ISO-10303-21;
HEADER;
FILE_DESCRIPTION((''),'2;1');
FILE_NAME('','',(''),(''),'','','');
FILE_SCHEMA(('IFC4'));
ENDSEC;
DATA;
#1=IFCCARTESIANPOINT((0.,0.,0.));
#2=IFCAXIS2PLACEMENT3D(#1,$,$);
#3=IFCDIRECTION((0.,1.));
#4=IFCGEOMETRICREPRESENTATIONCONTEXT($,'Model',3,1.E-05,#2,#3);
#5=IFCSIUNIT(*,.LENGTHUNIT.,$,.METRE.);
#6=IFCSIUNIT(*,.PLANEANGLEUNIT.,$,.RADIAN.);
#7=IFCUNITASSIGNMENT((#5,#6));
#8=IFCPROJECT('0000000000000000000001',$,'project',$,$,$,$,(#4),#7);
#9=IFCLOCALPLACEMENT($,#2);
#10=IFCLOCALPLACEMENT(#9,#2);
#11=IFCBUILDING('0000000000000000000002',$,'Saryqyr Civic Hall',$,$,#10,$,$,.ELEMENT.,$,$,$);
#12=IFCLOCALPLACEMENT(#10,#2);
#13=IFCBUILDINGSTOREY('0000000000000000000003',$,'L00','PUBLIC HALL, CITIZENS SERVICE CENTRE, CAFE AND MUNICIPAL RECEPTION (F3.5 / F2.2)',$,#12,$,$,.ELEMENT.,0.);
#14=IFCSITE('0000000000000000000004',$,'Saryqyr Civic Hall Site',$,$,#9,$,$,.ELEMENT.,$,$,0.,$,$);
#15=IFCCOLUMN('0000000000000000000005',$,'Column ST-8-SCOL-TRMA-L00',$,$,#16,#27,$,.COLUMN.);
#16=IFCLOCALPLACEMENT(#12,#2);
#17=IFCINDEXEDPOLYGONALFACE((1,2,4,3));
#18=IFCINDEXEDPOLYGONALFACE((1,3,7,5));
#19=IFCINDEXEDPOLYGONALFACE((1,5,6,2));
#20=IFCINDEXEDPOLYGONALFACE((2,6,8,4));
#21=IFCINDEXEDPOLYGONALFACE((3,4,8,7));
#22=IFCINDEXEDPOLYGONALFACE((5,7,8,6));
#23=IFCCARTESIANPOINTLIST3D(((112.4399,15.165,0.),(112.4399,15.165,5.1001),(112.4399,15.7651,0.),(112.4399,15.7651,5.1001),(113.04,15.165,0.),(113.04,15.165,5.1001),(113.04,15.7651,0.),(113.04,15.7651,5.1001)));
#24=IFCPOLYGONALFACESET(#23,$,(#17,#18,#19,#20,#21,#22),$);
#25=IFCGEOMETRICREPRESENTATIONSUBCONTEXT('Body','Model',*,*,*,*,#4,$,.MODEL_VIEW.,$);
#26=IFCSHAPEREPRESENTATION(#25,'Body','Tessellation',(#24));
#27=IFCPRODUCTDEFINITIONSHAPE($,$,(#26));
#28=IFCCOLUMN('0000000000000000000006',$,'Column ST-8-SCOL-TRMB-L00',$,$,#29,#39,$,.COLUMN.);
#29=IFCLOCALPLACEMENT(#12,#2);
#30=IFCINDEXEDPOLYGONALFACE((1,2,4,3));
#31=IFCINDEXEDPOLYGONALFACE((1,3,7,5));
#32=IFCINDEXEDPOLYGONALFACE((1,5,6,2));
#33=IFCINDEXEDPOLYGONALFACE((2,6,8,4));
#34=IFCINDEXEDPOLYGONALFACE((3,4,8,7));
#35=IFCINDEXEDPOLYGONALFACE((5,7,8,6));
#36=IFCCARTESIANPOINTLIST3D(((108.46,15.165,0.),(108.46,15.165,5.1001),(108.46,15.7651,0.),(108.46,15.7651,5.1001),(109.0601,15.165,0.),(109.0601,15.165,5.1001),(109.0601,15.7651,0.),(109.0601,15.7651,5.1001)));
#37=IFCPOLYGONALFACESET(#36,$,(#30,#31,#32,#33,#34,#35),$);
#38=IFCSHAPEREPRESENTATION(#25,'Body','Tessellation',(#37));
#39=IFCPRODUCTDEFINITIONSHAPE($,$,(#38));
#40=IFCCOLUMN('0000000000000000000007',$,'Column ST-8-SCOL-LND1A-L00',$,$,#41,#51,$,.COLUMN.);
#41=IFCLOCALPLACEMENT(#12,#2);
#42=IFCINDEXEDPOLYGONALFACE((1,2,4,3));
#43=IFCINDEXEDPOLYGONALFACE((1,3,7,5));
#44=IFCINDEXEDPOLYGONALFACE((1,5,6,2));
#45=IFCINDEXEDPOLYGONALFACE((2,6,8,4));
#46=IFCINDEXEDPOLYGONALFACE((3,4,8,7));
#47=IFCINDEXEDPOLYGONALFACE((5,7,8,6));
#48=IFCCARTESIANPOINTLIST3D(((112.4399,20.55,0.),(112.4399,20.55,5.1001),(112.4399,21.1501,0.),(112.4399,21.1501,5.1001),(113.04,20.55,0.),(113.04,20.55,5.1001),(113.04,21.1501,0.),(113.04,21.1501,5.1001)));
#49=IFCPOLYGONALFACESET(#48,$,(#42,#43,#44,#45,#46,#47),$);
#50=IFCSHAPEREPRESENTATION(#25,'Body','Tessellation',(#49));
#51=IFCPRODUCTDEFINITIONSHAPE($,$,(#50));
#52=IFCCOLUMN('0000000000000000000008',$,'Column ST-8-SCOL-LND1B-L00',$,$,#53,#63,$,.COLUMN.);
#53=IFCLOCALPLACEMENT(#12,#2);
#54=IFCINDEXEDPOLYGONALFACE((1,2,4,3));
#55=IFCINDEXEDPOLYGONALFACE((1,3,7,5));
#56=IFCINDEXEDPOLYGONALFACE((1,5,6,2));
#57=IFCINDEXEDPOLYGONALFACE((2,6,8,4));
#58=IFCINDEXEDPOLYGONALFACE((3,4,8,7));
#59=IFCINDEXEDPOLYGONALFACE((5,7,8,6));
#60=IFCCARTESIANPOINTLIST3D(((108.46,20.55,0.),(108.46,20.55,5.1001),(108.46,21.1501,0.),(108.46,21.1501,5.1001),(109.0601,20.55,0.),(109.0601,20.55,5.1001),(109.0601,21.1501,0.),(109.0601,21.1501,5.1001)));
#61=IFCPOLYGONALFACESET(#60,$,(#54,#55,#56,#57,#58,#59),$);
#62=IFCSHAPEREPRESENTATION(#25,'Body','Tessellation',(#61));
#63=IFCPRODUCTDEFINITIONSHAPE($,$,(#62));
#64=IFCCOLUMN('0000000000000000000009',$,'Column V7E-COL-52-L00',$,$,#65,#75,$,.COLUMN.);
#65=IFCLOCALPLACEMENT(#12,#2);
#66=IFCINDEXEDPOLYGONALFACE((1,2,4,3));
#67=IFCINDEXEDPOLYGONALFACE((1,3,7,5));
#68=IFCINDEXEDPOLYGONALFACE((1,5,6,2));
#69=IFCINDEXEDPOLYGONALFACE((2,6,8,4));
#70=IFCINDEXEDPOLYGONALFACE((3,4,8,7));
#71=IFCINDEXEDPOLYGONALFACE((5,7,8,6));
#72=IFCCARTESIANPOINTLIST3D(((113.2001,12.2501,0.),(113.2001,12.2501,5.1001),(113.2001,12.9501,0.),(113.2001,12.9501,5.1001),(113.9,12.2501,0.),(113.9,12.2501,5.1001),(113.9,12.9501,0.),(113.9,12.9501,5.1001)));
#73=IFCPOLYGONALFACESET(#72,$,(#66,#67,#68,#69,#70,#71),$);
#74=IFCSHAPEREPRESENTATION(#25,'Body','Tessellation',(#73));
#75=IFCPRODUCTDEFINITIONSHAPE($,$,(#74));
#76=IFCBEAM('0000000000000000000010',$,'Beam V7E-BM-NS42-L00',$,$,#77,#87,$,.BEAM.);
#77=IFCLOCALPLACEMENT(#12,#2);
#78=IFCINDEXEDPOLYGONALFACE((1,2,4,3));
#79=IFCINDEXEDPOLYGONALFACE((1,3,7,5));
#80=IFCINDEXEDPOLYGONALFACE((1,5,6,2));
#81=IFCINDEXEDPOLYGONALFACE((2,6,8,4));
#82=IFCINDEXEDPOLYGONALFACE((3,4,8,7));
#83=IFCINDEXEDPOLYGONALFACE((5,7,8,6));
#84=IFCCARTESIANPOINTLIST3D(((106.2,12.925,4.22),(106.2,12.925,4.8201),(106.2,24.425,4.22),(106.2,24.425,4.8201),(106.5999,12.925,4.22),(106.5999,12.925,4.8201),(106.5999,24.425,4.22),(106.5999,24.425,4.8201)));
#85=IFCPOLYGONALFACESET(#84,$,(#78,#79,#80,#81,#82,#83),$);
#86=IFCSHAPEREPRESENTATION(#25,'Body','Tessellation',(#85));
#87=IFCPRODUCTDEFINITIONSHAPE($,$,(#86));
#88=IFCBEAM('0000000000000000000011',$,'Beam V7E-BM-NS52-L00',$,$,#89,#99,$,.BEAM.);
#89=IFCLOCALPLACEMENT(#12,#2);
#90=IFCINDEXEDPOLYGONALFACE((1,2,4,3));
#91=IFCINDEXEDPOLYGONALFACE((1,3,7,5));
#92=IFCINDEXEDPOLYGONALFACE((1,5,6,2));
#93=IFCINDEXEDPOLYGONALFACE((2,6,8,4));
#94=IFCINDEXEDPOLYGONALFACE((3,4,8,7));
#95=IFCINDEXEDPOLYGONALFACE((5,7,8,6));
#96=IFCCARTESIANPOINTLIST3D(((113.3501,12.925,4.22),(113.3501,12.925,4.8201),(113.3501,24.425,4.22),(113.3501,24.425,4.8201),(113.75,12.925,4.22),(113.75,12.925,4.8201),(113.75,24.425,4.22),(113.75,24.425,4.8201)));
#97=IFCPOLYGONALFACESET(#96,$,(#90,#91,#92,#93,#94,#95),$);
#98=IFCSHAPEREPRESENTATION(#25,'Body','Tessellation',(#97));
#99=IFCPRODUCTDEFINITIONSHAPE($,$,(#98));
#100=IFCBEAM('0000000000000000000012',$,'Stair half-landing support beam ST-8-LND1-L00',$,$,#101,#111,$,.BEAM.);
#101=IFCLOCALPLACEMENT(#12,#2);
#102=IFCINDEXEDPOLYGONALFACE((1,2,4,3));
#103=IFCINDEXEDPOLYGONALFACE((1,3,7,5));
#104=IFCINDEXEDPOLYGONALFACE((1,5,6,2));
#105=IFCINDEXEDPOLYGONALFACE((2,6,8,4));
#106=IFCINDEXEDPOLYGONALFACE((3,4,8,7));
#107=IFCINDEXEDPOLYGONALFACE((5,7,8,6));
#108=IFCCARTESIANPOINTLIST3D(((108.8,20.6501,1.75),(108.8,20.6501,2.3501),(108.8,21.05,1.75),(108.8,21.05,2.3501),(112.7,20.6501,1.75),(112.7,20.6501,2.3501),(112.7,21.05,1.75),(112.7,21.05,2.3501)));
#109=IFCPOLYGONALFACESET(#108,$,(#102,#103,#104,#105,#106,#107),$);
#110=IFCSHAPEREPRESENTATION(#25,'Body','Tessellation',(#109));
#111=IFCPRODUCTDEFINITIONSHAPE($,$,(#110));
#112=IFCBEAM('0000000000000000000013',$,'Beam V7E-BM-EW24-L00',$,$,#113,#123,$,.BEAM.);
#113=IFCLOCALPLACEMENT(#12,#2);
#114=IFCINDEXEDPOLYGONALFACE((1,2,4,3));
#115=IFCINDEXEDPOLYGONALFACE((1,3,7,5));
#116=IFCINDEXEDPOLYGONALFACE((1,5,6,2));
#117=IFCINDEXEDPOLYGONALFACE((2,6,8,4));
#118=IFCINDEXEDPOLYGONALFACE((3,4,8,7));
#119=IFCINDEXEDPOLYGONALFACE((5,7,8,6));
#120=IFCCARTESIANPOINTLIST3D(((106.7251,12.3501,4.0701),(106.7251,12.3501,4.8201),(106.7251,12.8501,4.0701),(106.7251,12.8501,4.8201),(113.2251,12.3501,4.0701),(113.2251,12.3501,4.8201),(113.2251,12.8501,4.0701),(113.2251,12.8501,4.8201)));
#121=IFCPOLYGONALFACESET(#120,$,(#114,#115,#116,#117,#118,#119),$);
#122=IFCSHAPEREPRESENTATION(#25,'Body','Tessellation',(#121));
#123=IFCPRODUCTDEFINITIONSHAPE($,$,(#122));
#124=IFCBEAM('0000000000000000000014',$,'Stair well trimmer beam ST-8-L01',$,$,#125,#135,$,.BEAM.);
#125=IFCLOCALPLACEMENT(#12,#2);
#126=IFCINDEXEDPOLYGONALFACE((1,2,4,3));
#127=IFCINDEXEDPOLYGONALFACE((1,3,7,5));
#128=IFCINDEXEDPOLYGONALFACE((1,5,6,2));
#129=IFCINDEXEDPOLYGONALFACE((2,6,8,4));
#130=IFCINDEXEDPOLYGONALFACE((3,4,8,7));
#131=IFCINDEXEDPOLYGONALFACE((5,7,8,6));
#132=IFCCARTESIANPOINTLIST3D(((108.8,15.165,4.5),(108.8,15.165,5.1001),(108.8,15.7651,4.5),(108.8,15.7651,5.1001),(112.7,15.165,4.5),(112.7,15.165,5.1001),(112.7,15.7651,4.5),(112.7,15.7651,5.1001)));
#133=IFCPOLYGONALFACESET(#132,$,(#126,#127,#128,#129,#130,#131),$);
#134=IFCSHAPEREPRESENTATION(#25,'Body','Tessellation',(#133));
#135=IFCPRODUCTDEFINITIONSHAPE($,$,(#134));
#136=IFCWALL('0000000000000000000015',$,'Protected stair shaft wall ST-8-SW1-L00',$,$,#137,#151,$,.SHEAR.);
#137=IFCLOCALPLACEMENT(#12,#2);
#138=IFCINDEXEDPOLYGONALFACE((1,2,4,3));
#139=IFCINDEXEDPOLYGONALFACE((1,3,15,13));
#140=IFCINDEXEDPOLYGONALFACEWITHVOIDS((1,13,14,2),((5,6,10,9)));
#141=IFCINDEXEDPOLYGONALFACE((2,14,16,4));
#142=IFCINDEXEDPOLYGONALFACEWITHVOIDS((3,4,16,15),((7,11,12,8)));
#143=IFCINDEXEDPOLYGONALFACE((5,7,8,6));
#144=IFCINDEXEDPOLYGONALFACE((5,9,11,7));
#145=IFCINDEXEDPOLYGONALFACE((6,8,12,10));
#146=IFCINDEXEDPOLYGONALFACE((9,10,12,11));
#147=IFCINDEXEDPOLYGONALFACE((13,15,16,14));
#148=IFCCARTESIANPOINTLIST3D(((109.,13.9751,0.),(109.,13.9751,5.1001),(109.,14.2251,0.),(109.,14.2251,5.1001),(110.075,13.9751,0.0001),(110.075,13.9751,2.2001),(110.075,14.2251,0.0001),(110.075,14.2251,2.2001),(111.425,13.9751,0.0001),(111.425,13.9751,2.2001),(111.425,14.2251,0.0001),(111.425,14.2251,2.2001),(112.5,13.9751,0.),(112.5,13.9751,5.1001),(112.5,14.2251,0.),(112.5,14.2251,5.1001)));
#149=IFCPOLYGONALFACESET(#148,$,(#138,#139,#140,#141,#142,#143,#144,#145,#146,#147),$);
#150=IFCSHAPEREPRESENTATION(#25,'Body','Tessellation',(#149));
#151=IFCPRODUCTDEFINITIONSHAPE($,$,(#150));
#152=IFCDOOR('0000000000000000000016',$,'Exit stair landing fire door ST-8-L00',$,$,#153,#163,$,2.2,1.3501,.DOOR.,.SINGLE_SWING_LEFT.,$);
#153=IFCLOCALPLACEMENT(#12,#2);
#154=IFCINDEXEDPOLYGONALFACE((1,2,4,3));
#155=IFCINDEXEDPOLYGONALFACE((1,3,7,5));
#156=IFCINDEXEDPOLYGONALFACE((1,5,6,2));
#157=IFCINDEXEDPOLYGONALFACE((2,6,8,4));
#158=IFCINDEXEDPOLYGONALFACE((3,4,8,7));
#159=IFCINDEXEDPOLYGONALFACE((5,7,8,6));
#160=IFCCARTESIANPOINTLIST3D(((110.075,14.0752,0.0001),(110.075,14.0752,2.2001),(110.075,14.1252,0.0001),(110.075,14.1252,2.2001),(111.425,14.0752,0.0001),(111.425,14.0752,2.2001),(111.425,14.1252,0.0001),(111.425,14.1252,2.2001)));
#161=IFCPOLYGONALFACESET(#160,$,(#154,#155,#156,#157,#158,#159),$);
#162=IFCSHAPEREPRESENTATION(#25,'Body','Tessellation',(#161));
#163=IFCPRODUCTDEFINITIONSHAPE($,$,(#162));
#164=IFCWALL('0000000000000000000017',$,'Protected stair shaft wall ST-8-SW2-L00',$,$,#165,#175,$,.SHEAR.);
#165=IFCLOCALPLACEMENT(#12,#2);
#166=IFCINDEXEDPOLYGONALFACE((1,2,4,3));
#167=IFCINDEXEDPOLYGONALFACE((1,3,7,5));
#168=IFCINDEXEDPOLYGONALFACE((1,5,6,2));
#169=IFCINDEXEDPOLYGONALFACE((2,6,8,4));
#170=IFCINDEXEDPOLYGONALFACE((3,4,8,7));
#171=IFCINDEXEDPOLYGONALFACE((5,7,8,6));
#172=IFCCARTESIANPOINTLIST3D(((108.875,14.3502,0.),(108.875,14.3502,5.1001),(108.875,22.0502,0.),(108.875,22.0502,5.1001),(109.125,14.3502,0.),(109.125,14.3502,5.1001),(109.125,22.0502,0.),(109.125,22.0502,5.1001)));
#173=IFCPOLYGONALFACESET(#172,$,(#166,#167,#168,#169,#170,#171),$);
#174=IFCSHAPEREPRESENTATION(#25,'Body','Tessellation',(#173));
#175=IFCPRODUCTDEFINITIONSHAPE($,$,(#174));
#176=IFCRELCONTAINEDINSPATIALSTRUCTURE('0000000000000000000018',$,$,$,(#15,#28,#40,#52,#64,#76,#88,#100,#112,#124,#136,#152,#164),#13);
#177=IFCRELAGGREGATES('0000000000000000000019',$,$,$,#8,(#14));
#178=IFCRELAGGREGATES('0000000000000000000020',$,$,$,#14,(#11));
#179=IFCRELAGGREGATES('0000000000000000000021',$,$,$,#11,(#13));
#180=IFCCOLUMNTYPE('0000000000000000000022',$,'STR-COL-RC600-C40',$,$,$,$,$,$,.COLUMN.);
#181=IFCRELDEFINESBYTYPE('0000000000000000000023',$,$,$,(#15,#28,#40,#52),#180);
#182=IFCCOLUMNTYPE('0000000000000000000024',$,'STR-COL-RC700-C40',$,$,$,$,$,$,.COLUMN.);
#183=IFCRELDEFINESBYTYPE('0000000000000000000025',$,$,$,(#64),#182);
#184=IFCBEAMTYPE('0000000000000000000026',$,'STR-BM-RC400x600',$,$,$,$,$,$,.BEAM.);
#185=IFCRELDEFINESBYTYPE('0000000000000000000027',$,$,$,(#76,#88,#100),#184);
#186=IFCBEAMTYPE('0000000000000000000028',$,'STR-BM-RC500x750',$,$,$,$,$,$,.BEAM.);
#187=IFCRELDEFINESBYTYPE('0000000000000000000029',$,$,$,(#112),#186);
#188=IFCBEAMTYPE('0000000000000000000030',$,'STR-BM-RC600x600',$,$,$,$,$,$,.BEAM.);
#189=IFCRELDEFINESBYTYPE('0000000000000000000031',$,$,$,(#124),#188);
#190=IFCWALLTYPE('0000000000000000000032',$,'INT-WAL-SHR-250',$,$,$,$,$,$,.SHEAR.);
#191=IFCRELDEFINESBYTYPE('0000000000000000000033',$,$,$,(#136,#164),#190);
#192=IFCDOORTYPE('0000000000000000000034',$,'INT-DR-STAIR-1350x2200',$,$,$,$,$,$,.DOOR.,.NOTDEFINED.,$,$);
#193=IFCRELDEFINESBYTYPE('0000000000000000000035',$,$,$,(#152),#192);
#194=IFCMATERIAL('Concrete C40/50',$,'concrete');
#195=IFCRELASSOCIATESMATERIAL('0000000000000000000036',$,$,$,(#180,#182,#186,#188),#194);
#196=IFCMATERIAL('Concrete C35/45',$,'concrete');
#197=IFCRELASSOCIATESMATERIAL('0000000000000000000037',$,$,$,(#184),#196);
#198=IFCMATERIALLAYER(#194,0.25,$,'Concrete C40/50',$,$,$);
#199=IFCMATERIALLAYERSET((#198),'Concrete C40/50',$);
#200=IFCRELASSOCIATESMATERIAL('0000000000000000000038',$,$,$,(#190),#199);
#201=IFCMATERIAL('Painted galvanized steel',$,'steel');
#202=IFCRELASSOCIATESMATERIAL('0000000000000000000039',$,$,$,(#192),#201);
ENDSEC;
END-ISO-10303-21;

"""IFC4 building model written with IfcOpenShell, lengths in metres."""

from ifc_helpers import new_model, si_unit, direction, frame, frame_2d, origin, origin_2d, place, context, subcontext, project, spatial, rectangle, extrude, material, layer, layer_set, material_profile, profile_set, type_object, element, fill, save


model = new_model("IFC4")

# Units and contexts
model_context = context("Model", 3, precision=1e-05, world=origin(), true_north=direction((0.0, 1.0)))
body_context = subcontext(model_context, "Body", "Model", "MODEL_VIEW")
ifc_project = project(units=[si_unit("LENGTHUNIT", "METRE"), si_unit("PLANEANGLEUNIT", "RADIAN")], contexts=[model_context])

# Site, building, storey
site_placement = place(None, origin())
site = spatial("IfcSite", under=ifc_project, at=site_placement, Name="Saryqyr Civic Hall Site", CompositionType="ELEMENT", RefElevation=0.0)
building_placement = place(site_placement, origin())
building = spatial("IfcBuilding", under=site, at=building_placement, Name="Saryqyr Civic Hall", CompositionType="ELEMENT")
storey_placement = place(building_placement, origin())
storey = spatial("IfcBuildingStorey", under=building, at=storey_placement, Name="L00", Description="PUBLIC HALL, CITIZENS SERVICE CENTRE, CAFE AND MUNICIPAL RECEPTION (F3.5 / F2.2)", CompositionType="ELEMENT", Elevation=0.0)

# Columns
ifc_material_1 = material(Name="Concrete C40/50", Category="concrete")
ifc_material_profile_1 = material_profile(ifc_material_1, rectangle(XDim=0.6001, YDim=0.6001, at=origin_2d()), Name="RC 600x600")
ifc_profile_set_1 = profile_set([ifc_material_profile_1], Name="Concrete C40/50")
column_type_1 = type_object("IfcColumnType", Name="STR-COL-RC600-C40", PredefinedType="COLUMN", material=ifc_profile_set_1)
for number, where, z_axis, x_axis, name in (
    (1, (112.74, 15.4651, 0.0), (0.0, 0.0, 1.0), (1.0, 0.0, 0.0), "Column ST-8-SCOL-TRMA-L00"),
    (2, (108.76, 15.4651, 0.0), (0.0, 0.0, 1.0), (1.0, 0.0, 0.0), "Column ST-8-SCOL-TRMB-L00"),
    (3, (112.74, 20.8501, 0.0), (0.0, 0.0, 1.0), (1.0, 0.0, 0.0), "Column ST-8-SCOL-LND1A-L00"),
    (4, (108.76, 20.8501, 0.0), (0.0, 0.0, 1.0), (1.0, 0.0, 0.0), "Column ST-8-SCOL-LND1B-L00"),
):
    element("IfcColumn", number, at=place(storey_placement, frame(where, z_axis=z_axis, x_axis=x_axis)), inside=storey, type_object=column_type_1, Name=name, PredefinedType="COLUMN", context=body_context, shape_type="SweptSolid", body=[
        extrude(rectangle(XDim=0.6001, YDim=0.6001, at=origin_2d()), origin(), (0.0, 0.0, 1.0), 5.1001),
    ])
ifc_material_profile_2 = material_profile(ifc_material_1, rectangle(XDim=0.7, YDim=0.7, at=origin_2d()), Name="RC 700x700")
ifc_profile_set_2 = profile_set([ifc_material_profile_2], Name="Concrete C40/50")
column_type_2 = type_object("IfcColumnType", Name="STR-COL-RC700-C40", PredefinedType="COLUMN", material=ifc_profile_set_2)
column_placement = place(storey_placement, frame((113.55, 12.6001, 0.0), z_axis=(0.0, 0.0, 1.0), x_axis=(1.0, 0.0, 0.0)))
element("IfcColumn", 5, at=column_placement, inside=storey, type_object=column_type_2, Name="Column V7E-COL-52-L00", PredefinedType="COLUMN", context=body_context, shape_type="SweptSolid", body=[
    extrude(rectangle(XDim=0.7, YDim=0.7, at=origin_2d()), origin(), (0.0, 0.0, 1.0), 5.1001),
])

# Beams
ifc_material_2 = material(Name="Concrete C35/45", Category="concrete")
ifc_material_profile_3 = material_profile(ifc_material_2, rectangle(XDim=0.3999, YDim=0.6001, at=origin_2d()), Name="RC 400x600")
ifc_profile_set_3 = profile_set([ifc_material_profile_3], Name="Concrete C35/45")
beam_type_1 = type_object("IfcBeamType", Name="STR-BM-RC400x600", PredefinedType="BEAM", material=ifc_profile_set_3)
for number, where, z_axis, x_axis, name in (
    (6, (106.3999, 12.925, 4.52), (0.0, 1.0, 0.0), (-1.0, 0.0, 0.0), "Beam V7E-BM-NS42-L00"),
    (7, (113.55, 12.925, 4.52), (0.0, 1.0, 0.0), (-1.0, 0.0, 0.0), "Beam V7E-BM-NS52-L00"),
):
    element("IfcBeam", number, at=place(storey_placement, frame(where, z_axis=z_axis, x_axis=x_axis)), inside=storey, type_object=beam_type_1, Name=name, PredefinedType="BEAM", context=body_context, shape_type="SweptSolid", body=[
        extrude(rectangle(XDim=0.3999, YDim=0.6001, at=origin_2d()), origin(), (0.0, 0.0, 1.0), 11.5),
    ])
beam_1_placement = place(storey_placement, frame((112.7, 20.8501, 2.05), z_axis=(-1.0, 0.0, 0.0), x_axis=(0.0, -1.0, 0.0)))
element("IfcBeam", 8, at=beam_1_placement, inside=storey, type_object=beam_type_1, Name="Stair half-landing support beam ST-8-LND1-L00", PredefinedType="BEAM", context=body_context, shape_type="SweptSolid", body=[
    extrude(rectangle(XDim=0.3999, YDim=0.6001, at=origin_2d()), origin(), (0.0, 0.0, 1.0), 3.8999),
])
ifc_material_profile_4 = material_profile(ifc_material_1, rectangle(XDim=0.5, YDim=0.75, at=origin_2d()), Name="RC 500x750")
ifc_profile_set_4 = profile_set([ifc_material_profile_4], Name="Concrete C40/50")
beam_type_2 = type_object("IfcBeamType", Name="STR-BM-RC500x750", PredefinedType="BEAM", material=ifc_profile_set_4)
beam_2_placement = place(storey_placement, frame((106.7251, 12.6001, 4.4451), z_axis=(1.0, 0.0, 0.0), x_axis=(0.0, 1.0, 0.0)))
element("IfcBeam", 9, at=beam_2_placement, inside=storey, type_object=beam_type_2, Name="Beam V7E-BM-EW24-L00", PredefinedType="BEAM", context=body_context, shape_type="SweptSolid", body=[
    extrude(rectangle(XDim=0.5, YDim=0.75, at=origin_2d()), origin(), (0.0, 0.0, 1.0), 6.5),
])
ifc_material_profile_5 = material_profile(ifc_material_1, rectangle(XDim=0.6001, YDim=0.6001, at=origin_2d()), Name="RC 600x600")
ifc_profile_set_5 = profile_set([ifc_material_profile_5], Name="Concrete C40/50")
beam_type_3 = type_object("IfcBeamType", Name="STR-BM-RC600x600", PredefinedType="BEAM", material=ifc_profile_set_5)
beam_3_placement = place(storey_placement, frame((112.7, 15.4651, 4.8), z_axis=(-1.0, 0.0, 0.0), x_axis=(0.0, -1.0, 0.0)))
element("IfcBeam", 10, at=beam_3_placement, inside=storey, type_object=beam_type_3, Name="Stair well trimmer beam ST-8-L01", PredefinedType="BEAM", context=body_context, shape_type="SweptSolid", body=[
    extrude(rectangle(XDim=0.6001, YDim=0.6001, at=origin_2d()), origin(), (0.0, 0.0, 1.0), 3.8999),
])

# Wall, opening, door
ifc_layer_1 = layer(ifc_material_1, 0.25, Name="Concrete C40/50")
ifc_layer_set_1 = layer_set([ifc_layer_1], Name="Concrete C40/50")
wall_type = type_object("IfcWallType", Name="INT-WAL-SHR-250", PredefinedType="SHEAR", material=ifc_layer_set_1)
wall_1_placement = place(storey_placement, frame((112.5, 14.1001, 0.0), z_axis=(0.0, 0.0, 1.0), x_axis=(-1.0, 0.0, 0.0)))
wall_1 = element("IfcWall", 11, at=wall_1_placement, inside=storey, type_object=wall_type, Name="Protected stair shaft wall ST-8-SW1-L00", PredefinedType="SHEAR", context=body_context, shape_type="SweptSolid", body=[
    extrude(rectangle(XDim=3.5, YDim=0.25, at=frame_2d((1.75, 0.0))), origin(), (0.0, 0.0, 1.0), 5.1001),
])
opening_placement = place(wall_1_placement, frame((1.075, 0.0, 0.0)))
opening = element("IfcOpeningElement", 12, at=opening_placement, cuts=wall_1, PredefinedType="OPENING", context=body_context, shape_type="SweptSolid", body=[
    extrude(rectangle(XDim=1.3501, YDim=2.2, at=frame_2d((0.675, 1.1001))), frame((0.0, 0.135, 0.0), z_axis=(0.0, -1.0, 0.0), x_axis=(1.0, 0.0, 0.0)), (0.0, 0.0, 1.0), 0.27),
])
ifc_material_3 = material(Name="Painted galvanized steel", Category="steel")
door_type = type_object("IfcDoorType", Name="INT-DR-STAIR-1350x2200", OperationType="NOTDEFINED", PredefinedType="DOOR", material=ifc_material_3)
door_placement = place(opening_placement, origin())
door = element("IfcDoor", 13, at=door_placement, inside=storey, type_object=door_type, Name="Exit stair landing fire door ST-8-L00", OperationType="SINGLE_SWING_LEFT", OverallHeight=2.2, OverallWidth=1.3501, PredefinedType="DOOR", context=body_context, shape_type="SweptSolid", body=[
    extrude(rectangle(XDim=1.3501, YDim=2.2, at=frame_2d((0.675, 1.1001))), frame((0.0, 0.0249, 0.0), z_axis=(0.0, -1.0, 0.0), x_axis=(1.0, 0.0, 0.0)), (0.0, 0.0, 1.0), 0.05),
])
fill(opening, door)

# Wall
wall_2_placement = place(storey_placement, frame((109.0, 14.3501, 0.0), z_axis=(0.0, 0.0, 1.0), x_axis=(0.0, 1.0, 0.0)))
element("IfcWall", 14, at=wall_2_placement, inside=storey, type_object=wall_type, Name="Protected stair shaft wall ST-8-SW2-L00", PredefinedType="SHEAR", context=body_context, shape_type="SweptSolid", body=[
    extrude(rectangle(XDim=7.7, YDim=0.25, at=frame_2d((3.8501, 0.0))), origin(), (0.0, 0.0, 1.0), 5.1001),
])

save(model, "model.ifc")
